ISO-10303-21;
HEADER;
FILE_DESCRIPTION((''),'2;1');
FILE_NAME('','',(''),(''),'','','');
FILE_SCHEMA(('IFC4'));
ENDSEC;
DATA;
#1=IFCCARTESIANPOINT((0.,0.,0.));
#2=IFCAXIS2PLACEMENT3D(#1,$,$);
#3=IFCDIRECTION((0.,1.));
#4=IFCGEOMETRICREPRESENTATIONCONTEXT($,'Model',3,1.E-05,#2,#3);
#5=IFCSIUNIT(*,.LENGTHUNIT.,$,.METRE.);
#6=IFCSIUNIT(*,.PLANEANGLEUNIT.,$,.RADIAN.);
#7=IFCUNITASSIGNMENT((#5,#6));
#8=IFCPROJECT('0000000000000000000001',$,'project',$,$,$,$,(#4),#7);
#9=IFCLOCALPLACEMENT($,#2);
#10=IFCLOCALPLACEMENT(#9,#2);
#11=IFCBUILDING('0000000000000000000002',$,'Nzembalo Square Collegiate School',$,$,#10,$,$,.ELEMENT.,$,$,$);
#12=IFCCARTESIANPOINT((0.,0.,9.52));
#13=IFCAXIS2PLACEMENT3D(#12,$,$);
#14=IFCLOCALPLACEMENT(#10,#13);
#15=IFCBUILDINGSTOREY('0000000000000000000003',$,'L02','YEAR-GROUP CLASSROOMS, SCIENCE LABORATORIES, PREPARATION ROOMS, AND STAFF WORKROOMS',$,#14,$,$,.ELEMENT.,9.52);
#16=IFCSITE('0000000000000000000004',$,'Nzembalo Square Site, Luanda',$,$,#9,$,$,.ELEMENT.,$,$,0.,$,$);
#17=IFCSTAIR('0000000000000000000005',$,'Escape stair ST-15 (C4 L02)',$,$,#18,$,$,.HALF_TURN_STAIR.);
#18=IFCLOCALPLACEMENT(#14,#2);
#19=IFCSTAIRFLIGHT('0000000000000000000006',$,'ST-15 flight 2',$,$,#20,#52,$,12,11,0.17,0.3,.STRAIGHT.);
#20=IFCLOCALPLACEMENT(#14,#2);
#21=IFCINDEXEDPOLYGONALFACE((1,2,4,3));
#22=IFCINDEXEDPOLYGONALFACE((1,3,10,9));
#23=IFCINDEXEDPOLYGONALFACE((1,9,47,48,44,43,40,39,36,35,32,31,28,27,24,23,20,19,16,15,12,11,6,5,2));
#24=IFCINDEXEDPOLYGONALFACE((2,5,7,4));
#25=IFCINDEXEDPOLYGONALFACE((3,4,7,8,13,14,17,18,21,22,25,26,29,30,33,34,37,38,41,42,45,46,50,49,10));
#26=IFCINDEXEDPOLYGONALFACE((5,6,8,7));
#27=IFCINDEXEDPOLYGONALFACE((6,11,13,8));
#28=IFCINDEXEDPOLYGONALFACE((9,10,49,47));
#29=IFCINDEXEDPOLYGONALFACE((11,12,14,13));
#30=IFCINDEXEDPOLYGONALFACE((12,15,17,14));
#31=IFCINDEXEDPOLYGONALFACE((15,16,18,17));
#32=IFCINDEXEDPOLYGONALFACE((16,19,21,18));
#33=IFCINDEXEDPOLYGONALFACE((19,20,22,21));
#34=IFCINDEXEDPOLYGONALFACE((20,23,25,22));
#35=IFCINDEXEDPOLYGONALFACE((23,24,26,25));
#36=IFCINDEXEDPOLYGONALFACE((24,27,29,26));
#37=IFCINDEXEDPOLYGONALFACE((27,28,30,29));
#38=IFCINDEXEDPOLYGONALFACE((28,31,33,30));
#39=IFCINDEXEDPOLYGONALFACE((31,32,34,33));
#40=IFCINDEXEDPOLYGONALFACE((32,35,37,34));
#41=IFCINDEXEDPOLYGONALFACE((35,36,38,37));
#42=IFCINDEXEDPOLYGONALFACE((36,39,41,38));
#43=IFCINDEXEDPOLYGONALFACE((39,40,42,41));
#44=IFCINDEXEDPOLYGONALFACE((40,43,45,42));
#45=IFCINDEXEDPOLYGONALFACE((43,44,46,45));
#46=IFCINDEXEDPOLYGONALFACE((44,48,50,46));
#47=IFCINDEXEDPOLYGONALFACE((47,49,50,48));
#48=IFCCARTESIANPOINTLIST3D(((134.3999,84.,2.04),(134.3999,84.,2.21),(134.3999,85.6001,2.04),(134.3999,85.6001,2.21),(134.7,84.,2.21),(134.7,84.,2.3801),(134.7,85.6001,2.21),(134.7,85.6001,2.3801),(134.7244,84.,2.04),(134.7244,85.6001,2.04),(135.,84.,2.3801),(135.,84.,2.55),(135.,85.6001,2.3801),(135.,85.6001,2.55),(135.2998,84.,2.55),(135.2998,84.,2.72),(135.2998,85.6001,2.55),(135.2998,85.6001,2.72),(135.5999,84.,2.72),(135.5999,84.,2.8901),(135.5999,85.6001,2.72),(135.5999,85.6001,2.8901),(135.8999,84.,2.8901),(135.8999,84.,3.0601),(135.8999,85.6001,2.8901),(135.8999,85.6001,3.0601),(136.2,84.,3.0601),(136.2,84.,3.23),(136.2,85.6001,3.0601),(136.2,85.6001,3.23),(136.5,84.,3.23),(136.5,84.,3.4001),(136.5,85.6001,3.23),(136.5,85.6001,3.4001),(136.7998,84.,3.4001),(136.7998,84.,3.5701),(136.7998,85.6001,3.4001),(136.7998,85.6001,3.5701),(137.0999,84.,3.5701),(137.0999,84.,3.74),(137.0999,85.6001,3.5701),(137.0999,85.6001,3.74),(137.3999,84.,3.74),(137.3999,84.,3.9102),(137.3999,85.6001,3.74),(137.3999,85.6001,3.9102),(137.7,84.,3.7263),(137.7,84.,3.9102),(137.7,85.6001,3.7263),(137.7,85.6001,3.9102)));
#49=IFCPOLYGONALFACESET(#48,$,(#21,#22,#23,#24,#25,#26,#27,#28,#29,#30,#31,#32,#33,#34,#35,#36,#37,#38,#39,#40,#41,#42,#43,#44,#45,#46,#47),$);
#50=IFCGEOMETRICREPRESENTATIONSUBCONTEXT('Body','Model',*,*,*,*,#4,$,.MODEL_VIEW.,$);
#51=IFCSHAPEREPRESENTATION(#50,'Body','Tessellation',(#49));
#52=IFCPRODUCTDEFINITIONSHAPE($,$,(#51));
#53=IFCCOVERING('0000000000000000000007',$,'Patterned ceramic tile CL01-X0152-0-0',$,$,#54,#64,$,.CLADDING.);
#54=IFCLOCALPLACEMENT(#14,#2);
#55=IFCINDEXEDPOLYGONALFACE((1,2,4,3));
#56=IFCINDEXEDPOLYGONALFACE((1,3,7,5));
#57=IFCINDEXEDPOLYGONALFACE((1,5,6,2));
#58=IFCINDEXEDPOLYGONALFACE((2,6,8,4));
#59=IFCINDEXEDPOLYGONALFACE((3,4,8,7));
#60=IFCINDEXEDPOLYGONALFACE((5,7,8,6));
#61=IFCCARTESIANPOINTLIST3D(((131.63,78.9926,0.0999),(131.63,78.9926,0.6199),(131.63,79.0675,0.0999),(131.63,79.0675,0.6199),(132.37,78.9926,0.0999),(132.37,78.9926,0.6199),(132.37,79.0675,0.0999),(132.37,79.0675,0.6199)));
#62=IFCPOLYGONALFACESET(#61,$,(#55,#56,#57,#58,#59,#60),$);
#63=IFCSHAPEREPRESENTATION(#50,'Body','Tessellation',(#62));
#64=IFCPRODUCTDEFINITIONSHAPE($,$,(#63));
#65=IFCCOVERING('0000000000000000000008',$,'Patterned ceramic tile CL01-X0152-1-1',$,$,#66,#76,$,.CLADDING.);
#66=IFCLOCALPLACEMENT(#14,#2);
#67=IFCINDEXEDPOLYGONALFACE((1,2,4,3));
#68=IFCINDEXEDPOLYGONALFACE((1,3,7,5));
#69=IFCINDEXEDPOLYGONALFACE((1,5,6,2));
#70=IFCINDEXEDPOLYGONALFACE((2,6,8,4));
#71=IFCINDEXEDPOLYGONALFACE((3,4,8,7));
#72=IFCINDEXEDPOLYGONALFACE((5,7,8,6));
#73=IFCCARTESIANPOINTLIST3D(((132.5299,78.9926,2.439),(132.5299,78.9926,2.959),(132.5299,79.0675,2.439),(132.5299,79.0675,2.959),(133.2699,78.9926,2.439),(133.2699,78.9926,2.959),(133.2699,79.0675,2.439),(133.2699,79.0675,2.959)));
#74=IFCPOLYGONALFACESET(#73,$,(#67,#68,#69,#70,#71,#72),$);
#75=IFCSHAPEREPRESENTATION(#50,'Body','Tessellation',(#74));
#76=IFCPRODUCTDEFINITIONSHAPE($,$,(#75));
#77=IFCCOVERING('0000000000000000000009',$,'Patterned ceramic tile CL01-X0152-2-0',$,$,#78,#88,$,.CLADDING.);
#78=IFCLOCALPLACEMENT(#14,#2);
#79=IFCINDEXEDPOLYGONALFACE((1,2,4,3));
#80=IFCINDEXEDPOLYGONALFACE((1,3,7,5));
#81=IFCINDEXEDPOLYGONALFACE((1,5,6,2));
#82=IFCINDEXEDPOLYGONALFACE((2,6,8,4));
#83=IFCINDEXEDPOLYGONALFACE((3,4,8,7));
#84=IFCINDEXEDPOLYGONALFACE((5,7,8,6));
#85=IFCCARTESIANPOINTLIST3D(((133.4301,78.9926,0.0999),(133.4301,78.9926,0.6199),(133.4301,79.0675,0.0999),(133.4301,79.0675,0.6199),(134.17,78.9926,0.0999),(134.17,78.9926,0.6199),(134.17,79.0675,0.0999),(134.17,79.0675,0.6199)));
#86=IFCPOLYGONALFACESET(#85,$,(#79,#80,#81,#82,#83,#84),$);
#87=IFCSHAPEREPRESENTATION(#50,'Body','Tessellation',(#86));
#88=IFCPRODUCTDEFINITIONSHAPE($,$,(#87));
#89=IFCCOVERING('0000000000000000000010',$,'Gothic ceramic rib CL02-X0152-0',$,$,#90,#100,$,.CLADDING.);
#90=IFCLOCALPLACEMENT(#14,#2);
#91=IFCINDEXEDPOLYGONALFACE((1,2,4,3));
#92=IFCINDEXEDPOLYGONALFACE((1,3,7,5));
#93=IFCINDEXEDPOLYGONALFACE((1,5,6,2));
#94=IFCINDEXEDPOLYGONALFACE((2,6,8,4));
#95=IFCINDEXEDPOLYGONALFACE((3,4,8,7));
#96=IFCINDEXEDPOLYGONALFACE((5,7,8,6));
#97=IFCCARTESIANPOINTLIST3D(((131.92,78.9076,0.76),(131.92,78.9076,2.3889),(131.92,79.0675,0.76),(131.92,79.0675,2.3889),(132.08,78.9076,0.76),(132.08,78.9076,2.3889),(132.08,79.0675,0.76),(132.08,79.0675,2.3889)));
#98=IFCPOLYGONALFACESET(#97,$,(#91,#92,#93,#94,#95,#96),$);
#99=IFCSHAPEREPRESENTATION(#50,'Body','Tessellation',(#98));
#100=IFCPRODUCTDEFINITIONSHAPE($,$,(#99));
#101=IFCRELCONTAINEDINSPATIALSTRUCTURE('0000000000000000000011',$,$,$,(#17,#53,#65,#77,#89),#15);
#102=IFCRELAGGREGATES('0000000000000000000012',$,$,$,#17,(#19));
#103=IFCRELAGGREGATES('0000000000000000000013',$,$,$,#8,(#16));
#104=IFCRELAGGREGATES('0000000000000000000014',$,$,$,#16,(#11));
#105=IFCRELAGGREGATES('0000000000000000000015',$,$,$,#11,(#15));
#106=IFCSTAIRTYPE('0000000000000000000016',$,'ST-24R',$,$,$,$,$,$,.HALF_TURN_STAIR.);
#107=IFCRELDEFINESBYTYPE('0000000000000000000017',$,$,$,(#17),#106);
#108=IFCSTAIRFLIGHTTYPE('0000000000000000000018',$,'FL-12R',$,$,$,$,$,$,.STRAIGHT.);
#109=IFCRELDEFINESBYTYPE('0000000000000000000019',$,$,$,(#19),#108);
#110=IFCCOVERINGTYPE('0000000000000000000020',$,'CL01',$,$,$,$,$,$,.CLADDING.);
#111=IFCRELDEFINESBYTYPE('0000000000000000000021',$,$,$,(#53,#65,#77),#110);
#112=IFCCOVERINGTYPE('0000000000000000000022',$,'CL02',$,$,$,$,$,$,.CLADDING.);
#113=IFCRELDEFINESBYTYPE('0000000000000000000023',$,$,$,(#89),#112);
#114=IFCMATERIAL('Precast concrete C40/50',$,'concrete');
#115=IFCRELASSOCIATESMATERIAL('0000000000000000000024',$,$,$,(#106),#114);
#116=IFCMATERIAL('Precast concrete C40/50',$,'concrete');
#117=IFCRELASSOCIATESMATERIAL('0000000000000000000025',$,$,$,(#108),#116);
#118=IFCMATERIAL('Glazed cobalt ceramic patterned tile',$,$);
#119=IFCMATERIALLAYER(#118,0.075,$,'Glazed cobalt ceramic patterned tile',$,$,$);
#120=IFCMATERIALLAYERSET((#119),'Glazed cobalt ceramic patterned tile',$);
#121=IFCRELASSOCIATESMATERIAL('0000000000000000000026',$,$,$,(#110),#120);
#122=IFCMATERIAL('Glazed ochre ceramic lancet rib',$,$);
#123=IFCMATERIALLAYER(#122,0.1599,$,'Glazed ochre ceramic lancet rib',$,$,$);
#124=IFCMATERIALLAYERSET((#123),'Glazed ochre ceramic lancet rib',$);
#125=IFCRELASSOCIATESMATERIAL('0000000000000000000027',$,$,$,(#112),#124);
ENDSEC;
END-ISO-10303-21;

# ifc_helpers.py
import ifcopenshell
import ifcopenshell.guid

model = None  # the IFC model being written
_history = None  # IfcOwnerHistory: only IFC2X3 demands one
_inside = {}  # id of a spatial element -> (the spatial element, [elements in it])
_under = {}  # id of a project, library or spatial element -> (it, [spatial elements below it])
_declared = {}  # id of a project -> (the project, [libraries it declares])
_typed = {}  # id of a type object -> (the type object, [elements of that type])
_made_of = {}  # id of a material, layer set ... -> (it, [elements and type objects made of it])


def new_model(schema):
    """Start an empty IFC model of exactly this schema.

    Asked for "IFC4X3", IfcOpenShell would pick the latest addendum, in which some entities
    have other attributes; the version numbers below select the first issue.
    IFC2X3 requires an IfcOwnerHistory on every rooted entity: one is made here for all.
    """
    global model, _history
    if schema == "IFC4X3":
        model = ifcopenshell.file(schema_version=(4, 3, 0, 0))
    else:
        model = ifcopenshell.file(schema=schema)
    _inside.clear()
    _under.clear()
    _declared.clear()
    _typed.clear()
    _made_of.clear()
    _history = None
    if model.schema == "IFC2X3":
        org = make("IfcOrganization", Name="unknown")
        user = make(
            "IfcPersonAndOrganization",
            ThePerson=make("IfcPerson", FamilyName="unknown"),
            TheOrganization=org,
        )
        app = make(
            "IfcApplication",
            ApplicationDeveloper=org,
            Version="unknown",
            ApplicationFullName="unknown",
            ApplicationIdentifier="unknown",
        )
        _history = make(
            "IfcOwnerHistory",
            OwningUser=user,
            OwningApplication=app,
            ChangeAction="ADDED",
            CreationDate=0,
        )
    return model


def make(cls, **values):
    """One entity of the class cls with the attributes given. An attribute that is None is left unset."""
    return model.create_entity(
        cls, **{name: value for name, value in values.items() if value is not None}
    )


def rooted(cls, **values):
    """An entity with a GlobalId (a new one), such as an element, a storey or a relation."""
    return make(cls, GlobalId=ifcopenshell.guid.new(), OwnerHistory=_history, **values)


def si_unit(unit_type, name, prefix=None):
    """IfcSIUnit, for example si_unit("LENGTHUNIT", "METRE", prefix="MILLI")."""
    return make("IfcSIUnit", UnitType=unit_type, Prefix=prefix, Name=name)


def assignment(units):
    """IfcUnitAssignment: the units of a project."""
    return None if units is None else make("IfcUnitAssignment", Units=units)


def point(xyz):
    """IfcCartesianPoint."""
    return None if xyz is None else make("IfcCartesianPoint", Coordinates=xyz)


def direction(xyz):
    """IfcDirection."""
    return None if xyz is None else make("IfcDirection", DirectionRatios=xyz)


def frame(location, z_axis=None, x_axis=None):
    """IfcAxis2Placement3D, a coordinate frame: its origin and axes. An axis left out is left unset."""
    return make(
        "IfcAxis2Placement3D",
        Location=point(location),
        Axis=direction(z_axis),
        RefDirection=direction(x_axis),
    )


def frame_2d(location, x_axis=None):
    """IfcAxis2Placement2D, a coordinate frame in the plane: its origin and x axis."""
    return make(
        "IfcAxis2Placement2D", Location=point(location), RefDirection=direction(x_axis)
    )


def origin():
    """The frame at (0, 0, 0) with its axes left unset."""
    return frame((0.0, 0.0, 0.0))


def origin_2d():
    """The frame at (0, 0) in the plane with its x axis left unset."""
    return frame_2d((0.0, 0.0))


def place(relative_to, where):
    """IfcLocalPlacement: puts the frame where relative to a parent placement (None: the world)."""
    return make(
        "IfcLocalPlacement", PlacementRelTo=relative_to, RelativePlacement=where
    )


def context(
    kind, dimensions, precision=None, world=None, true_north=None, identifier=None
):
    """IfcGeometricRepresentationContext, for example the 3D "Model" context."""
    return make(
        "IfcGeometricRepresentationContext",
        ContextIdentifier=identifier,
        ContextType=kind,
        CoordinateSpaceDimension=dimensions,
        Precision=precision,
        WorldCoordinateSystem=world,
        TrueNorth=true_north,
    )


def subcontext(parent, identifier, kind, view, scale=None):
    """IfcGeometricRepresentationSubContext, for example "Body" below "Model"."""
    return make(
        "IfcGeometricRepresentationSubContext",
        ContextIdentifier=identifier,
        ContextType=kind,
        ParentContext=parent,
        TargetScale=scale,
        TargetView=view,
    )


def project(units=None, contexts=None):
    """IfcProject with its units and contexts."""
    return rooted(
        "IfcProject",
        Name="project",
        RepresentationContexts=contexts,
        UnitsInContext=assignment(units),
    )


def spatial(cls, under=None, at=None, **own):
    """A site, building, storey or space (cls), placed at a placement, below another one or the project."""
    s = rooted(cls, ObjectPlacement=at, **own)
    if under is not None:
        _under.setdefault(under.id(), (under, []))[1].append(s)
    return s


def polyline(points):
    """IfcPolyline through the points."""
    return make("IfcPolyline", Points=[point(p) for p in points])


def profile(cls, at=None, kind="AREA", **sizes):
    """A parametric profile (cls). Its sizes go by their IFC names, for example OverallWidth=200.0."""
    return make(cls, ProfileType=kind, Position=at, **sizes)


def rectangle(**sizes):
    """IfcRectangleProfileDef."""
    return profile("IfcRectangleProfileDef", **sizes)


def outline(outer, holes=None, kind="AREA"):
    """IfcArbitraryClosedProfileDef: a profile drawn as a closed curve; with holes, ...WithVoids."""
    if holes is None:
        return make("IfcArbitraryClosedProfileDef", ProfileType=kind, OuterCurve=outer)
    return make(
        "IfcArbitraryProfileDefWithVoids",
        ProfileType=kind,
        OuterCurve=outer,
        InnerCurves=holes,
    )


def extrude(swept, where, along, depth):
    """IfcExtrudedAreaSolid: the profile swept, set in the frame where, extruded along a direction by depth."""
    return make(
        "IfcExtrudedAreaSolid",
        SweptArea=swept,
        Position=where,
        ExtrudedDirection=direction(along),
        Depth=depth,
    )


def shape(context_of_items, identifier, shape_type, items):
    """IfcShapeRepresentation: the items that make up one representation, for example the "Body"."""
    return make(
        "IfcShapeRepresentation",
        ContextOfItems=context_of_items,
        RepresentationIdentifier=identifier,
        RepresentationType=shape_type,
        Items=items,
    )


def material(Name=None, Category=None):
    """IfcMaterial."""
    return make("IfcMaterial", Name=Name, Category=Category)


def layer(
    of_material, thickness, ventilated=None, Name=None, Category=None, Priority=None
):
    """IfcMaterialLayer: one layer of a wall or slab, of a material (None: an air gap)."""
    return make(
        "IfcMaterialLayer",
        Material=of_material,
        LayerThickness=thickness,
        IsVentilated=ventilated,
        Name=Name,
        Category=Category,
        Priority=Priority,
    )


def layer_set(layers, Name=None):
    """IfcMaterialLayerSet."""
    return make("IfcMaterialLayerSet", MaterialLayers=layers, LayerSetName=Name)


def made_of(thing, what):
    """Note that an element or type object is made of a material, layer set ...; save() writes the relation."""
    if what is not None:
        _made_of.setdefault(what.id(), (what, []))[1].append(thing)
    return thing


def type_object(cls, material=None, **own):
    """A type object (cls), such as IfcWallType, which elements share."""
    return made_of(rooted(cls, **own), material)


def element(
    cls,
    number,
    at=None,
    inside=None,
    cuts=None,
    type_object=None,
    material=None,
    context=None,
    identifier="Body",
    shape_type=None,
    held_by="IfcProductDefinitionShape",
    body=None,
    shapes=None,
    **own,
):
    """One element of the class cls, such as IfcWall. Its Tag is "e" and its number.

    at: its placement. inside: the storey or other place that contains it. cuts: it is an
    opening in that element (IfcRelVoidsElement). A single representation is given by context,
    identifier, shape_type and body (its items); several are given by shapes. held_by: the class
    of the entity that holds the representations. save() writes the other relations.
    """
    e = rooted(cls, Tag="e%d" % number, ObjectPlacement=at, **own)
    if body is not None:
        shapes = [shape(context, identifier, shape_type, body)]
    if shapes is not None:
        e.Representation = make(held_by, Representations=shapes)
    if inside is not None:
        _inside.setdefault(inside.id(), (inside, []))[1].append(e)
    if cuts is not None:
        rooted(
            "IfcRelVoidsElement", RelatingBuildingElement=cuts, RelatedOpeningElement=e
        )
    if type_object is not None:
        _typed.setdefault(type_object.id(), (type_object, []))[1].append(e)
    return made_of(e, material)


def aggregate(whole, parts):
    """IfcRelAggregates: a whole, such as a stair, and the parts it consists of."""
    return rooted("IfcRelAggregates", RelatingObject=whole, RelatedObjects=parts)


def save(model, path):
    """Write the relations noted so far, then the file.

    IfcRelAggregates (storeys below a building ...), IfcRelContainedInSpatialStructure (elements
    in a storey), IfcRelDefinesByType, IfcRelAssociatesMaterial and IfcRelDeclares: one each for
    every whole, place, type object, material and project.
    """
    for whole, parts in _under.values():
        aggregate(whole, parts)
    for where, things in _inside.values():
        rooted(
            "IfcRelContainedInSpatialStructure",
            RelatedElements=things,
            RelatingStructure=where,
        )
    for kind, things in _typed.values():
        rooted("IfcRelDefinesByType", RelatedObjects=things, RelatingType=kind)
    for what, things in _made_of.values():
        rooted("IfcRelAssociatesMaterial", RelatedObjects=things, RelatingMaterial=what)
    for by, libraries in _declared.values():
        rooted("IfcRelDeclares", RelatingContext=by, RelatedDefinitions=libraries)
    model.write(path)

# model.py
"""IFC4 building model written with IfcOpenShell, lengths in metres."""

from ifc_helpers import new_model, si_unit, direction, frame, origin, origin_2d, place, context, subcontext, project, spatial, polyline, rectangle, outline, extrude, material, layer, layer_set, type_object, element, aggregate, save


model = new_model("IFC4")

# Units and contexts
model_context = context("Model", 3, precision=1e-05, world=origin(), true_north=direction((0.0, 1.0)))
body_context = subcontext(model_context, "Body", "Model", "MODEL_VIEW")
ifc_project = project(units=[si_unit("LENGTHUNIT", "METRE"), si_unit("PLANEANGLEUNIT", "RADIAN")], contexts=[model_context])

# Site, building, storey
site_placement = place(None, origin())
site = spatial("IfcSite", under=ifc_project, at=site_placement, Name="Nzembalo Square Site, Luanda", CompositionType="ELEMENT", RefElevation=0.0)
building_placement = place(site_placement, origin())
building = spatial("IfcBuilding", under=site, at=building_placement, Name="Nzembalo Square Collegiate School", CompositionType="ELEMENT")
storey_placement = place(building_placement, frame((0.0, 0.0, 9.52)))
storey = spatial("IfcBuildingStorey", under=building, at=storey_placement, Name="L02", Description="YEAR-GROUP CLASSROOMS, SCIENCE LABORATORIES, PREPARATION ROOMS, AND STAFF WORKROOMS", CompositionType="ELEMENT", Elevation=9.52)

# Stair, stair flight
ifc_material_1 = material(Name="Precast concrete C40/50", Category="concrete")
stair_type = type_object("IfcStairType", Name="ST-24R", PredefinedType="HALF_TURN_STAIR", material=ifc_material_1)
stair_placement = place(storey_placement, origin())
stair = element("IfcStair", 1, at=stair_placement, inside=storey, type_object=stair_type, Name="Escape stair ST-15 (C4 L02)", PredefinedType="HALF_TURN_STAIR")
ifc_material_2 = material(Name="Precast concrete C40/50", Category="concrete")
stair_flight_type = type_object("IfcStairFlightType", Name="FL-12R", PredefinedType="STRAIGHT", material=ifc_material_2)
stair_flight_placement = place(storey_placement, frame((134.3999, 84.8, 2.04), z_axis=(0.0, 0.0, 1.0), x_axis=(1.0, 0.0, 0.0)))
stair_flight = element("IfcStairFlight", 2, at=stair_flight_placement, type_object=stair_flight_type, Name="ST-15 flight 2", NumberOfRisers=12, NumberOfTreads=11, PredefinedType="STRAIGHT", RiserHeight=0.17, TreadLength=0.3, context=body_context, shape_type="SweptSolid", body=[
    extrude(outline(polyline([(0.0, 0.0), (0.0, 0.1699), (0.3, 0.1699), (0.3, 0.3401), (0.6001, 0.3401), (0.6001, 0.51), (0.8999, 0.51), (0.8999, 0.6799), (1.2, 0.6799), (1.2, 0.8501), (1.5, 0.8501), (1.5, 1.02), (1.8, 1.02), (1.8, 1.1899), (2.1001, 1.1899), (2.1001, 1.3601), (2.3999, 1.3601), (2.3999, 1.53), (2.7, 1.53), (2.7, 1.7), (3.0, 1.7), (3.0, 1.8701), (3.3, 1.8701), (3.3, 2.04), (3.3, 1.6863), (0.3245, 0.0), (0.0, 0.0)])), frame((0.0, 0.8, 0.0), z_axis=(0.0, -1.0, 0.0), x_axis=(1.0, 0.0, 0.0)), (0.0, 0.0, 1.0), 1.6001),
])
aggregate(stair, [stair_flight])

# Coverings
ifc_material_3 = material(Name="Glazed cobalt ceramic patterned tile")
ifc_layer_1 = layer(ifc_material_3, 0.075, Name="Glazed cobalt ceramic patterned tile")
ifc_layer_set_1 = layer_set([ifc_layer_1], Name="Glazed cobalt ceramic patterned tile")
covering_type_1 = type_object("IfcCoveringType", Name="CL01", PredefinedType="CLADDING", material=ifc_layer_set_1)
for number, where, z_axis, x_axis, name in (
    (3, (132.0, 79.03, 0.0999), (0.0, 0.0, 1.0), (1.0, 0.0, 0.0), "Patterned ceramic tile CL01-X0152-0-0"),
    (4, (132.8999, 79.03, 2.439), (0.0, 0.0, 1.0), (1.0, 0.0, 0.0), "Patterned ceramic tile CL01-X0152-1-1"),
    (5, (133.8, 79.03, 0.0999), (0.0, 0.0, 1.0), (1.0, 0.0, 0.0), "Patterned ceramic tile CL01-X0152-2-0"),
):
    element("IfcCovering", number, at=place(storey_placement, frame(where, z_axis=z_axis, x_axis=x_axis)), inside=storey, type_object=covering_type_1, Name=name, PredefinedType="CLADDING", context=body_context, shape_type="SweptSolid", body=[
        extrude(rectangle(XDim=0.74, YDim=0.075, at=origin_2d()), origin(), (0.0, 0.0, 1.0), 0.52),
    ])
ifc_material_4 = material(Name="Glazed ochre ceramic lancet rib")
ifc_layer_2 = layer(ifc_material_4, 0.1599, Name="Glazed ochre ceramic lancet rib")
ifc_layer_set_2 = layer_set([ifc_layer_2], Name="Glazed ochre ceramic lancet rib")
covering_type_2 = type_object("IfcCoveringType", Name="CL02", PredefinedType="CLADDING", material=ifc_layer_set_2)
covering_placement = place(storey_placement, frame((132.0, 78.9875, 0.76), z_axis=(0.0, 0.0, 1.0), x_axis=(1.0, 0.0, 0.0)))
element("IfcCovering", 6, at=covering_placement, inside=storey, type_object=covering_type_2, Name="Gothic ceramic rib CL02-X0152-0", PredefinedType="CLADDING", context=body_context, shape_type="SweptSolid", body=[
    extrude(rectangle(XDim=0.1599, YDim=0.1599, at=origin_2d()), origin(), (0.0, 0.0, 1.0), 1.6289),
])

save(model, "model.ifc")
